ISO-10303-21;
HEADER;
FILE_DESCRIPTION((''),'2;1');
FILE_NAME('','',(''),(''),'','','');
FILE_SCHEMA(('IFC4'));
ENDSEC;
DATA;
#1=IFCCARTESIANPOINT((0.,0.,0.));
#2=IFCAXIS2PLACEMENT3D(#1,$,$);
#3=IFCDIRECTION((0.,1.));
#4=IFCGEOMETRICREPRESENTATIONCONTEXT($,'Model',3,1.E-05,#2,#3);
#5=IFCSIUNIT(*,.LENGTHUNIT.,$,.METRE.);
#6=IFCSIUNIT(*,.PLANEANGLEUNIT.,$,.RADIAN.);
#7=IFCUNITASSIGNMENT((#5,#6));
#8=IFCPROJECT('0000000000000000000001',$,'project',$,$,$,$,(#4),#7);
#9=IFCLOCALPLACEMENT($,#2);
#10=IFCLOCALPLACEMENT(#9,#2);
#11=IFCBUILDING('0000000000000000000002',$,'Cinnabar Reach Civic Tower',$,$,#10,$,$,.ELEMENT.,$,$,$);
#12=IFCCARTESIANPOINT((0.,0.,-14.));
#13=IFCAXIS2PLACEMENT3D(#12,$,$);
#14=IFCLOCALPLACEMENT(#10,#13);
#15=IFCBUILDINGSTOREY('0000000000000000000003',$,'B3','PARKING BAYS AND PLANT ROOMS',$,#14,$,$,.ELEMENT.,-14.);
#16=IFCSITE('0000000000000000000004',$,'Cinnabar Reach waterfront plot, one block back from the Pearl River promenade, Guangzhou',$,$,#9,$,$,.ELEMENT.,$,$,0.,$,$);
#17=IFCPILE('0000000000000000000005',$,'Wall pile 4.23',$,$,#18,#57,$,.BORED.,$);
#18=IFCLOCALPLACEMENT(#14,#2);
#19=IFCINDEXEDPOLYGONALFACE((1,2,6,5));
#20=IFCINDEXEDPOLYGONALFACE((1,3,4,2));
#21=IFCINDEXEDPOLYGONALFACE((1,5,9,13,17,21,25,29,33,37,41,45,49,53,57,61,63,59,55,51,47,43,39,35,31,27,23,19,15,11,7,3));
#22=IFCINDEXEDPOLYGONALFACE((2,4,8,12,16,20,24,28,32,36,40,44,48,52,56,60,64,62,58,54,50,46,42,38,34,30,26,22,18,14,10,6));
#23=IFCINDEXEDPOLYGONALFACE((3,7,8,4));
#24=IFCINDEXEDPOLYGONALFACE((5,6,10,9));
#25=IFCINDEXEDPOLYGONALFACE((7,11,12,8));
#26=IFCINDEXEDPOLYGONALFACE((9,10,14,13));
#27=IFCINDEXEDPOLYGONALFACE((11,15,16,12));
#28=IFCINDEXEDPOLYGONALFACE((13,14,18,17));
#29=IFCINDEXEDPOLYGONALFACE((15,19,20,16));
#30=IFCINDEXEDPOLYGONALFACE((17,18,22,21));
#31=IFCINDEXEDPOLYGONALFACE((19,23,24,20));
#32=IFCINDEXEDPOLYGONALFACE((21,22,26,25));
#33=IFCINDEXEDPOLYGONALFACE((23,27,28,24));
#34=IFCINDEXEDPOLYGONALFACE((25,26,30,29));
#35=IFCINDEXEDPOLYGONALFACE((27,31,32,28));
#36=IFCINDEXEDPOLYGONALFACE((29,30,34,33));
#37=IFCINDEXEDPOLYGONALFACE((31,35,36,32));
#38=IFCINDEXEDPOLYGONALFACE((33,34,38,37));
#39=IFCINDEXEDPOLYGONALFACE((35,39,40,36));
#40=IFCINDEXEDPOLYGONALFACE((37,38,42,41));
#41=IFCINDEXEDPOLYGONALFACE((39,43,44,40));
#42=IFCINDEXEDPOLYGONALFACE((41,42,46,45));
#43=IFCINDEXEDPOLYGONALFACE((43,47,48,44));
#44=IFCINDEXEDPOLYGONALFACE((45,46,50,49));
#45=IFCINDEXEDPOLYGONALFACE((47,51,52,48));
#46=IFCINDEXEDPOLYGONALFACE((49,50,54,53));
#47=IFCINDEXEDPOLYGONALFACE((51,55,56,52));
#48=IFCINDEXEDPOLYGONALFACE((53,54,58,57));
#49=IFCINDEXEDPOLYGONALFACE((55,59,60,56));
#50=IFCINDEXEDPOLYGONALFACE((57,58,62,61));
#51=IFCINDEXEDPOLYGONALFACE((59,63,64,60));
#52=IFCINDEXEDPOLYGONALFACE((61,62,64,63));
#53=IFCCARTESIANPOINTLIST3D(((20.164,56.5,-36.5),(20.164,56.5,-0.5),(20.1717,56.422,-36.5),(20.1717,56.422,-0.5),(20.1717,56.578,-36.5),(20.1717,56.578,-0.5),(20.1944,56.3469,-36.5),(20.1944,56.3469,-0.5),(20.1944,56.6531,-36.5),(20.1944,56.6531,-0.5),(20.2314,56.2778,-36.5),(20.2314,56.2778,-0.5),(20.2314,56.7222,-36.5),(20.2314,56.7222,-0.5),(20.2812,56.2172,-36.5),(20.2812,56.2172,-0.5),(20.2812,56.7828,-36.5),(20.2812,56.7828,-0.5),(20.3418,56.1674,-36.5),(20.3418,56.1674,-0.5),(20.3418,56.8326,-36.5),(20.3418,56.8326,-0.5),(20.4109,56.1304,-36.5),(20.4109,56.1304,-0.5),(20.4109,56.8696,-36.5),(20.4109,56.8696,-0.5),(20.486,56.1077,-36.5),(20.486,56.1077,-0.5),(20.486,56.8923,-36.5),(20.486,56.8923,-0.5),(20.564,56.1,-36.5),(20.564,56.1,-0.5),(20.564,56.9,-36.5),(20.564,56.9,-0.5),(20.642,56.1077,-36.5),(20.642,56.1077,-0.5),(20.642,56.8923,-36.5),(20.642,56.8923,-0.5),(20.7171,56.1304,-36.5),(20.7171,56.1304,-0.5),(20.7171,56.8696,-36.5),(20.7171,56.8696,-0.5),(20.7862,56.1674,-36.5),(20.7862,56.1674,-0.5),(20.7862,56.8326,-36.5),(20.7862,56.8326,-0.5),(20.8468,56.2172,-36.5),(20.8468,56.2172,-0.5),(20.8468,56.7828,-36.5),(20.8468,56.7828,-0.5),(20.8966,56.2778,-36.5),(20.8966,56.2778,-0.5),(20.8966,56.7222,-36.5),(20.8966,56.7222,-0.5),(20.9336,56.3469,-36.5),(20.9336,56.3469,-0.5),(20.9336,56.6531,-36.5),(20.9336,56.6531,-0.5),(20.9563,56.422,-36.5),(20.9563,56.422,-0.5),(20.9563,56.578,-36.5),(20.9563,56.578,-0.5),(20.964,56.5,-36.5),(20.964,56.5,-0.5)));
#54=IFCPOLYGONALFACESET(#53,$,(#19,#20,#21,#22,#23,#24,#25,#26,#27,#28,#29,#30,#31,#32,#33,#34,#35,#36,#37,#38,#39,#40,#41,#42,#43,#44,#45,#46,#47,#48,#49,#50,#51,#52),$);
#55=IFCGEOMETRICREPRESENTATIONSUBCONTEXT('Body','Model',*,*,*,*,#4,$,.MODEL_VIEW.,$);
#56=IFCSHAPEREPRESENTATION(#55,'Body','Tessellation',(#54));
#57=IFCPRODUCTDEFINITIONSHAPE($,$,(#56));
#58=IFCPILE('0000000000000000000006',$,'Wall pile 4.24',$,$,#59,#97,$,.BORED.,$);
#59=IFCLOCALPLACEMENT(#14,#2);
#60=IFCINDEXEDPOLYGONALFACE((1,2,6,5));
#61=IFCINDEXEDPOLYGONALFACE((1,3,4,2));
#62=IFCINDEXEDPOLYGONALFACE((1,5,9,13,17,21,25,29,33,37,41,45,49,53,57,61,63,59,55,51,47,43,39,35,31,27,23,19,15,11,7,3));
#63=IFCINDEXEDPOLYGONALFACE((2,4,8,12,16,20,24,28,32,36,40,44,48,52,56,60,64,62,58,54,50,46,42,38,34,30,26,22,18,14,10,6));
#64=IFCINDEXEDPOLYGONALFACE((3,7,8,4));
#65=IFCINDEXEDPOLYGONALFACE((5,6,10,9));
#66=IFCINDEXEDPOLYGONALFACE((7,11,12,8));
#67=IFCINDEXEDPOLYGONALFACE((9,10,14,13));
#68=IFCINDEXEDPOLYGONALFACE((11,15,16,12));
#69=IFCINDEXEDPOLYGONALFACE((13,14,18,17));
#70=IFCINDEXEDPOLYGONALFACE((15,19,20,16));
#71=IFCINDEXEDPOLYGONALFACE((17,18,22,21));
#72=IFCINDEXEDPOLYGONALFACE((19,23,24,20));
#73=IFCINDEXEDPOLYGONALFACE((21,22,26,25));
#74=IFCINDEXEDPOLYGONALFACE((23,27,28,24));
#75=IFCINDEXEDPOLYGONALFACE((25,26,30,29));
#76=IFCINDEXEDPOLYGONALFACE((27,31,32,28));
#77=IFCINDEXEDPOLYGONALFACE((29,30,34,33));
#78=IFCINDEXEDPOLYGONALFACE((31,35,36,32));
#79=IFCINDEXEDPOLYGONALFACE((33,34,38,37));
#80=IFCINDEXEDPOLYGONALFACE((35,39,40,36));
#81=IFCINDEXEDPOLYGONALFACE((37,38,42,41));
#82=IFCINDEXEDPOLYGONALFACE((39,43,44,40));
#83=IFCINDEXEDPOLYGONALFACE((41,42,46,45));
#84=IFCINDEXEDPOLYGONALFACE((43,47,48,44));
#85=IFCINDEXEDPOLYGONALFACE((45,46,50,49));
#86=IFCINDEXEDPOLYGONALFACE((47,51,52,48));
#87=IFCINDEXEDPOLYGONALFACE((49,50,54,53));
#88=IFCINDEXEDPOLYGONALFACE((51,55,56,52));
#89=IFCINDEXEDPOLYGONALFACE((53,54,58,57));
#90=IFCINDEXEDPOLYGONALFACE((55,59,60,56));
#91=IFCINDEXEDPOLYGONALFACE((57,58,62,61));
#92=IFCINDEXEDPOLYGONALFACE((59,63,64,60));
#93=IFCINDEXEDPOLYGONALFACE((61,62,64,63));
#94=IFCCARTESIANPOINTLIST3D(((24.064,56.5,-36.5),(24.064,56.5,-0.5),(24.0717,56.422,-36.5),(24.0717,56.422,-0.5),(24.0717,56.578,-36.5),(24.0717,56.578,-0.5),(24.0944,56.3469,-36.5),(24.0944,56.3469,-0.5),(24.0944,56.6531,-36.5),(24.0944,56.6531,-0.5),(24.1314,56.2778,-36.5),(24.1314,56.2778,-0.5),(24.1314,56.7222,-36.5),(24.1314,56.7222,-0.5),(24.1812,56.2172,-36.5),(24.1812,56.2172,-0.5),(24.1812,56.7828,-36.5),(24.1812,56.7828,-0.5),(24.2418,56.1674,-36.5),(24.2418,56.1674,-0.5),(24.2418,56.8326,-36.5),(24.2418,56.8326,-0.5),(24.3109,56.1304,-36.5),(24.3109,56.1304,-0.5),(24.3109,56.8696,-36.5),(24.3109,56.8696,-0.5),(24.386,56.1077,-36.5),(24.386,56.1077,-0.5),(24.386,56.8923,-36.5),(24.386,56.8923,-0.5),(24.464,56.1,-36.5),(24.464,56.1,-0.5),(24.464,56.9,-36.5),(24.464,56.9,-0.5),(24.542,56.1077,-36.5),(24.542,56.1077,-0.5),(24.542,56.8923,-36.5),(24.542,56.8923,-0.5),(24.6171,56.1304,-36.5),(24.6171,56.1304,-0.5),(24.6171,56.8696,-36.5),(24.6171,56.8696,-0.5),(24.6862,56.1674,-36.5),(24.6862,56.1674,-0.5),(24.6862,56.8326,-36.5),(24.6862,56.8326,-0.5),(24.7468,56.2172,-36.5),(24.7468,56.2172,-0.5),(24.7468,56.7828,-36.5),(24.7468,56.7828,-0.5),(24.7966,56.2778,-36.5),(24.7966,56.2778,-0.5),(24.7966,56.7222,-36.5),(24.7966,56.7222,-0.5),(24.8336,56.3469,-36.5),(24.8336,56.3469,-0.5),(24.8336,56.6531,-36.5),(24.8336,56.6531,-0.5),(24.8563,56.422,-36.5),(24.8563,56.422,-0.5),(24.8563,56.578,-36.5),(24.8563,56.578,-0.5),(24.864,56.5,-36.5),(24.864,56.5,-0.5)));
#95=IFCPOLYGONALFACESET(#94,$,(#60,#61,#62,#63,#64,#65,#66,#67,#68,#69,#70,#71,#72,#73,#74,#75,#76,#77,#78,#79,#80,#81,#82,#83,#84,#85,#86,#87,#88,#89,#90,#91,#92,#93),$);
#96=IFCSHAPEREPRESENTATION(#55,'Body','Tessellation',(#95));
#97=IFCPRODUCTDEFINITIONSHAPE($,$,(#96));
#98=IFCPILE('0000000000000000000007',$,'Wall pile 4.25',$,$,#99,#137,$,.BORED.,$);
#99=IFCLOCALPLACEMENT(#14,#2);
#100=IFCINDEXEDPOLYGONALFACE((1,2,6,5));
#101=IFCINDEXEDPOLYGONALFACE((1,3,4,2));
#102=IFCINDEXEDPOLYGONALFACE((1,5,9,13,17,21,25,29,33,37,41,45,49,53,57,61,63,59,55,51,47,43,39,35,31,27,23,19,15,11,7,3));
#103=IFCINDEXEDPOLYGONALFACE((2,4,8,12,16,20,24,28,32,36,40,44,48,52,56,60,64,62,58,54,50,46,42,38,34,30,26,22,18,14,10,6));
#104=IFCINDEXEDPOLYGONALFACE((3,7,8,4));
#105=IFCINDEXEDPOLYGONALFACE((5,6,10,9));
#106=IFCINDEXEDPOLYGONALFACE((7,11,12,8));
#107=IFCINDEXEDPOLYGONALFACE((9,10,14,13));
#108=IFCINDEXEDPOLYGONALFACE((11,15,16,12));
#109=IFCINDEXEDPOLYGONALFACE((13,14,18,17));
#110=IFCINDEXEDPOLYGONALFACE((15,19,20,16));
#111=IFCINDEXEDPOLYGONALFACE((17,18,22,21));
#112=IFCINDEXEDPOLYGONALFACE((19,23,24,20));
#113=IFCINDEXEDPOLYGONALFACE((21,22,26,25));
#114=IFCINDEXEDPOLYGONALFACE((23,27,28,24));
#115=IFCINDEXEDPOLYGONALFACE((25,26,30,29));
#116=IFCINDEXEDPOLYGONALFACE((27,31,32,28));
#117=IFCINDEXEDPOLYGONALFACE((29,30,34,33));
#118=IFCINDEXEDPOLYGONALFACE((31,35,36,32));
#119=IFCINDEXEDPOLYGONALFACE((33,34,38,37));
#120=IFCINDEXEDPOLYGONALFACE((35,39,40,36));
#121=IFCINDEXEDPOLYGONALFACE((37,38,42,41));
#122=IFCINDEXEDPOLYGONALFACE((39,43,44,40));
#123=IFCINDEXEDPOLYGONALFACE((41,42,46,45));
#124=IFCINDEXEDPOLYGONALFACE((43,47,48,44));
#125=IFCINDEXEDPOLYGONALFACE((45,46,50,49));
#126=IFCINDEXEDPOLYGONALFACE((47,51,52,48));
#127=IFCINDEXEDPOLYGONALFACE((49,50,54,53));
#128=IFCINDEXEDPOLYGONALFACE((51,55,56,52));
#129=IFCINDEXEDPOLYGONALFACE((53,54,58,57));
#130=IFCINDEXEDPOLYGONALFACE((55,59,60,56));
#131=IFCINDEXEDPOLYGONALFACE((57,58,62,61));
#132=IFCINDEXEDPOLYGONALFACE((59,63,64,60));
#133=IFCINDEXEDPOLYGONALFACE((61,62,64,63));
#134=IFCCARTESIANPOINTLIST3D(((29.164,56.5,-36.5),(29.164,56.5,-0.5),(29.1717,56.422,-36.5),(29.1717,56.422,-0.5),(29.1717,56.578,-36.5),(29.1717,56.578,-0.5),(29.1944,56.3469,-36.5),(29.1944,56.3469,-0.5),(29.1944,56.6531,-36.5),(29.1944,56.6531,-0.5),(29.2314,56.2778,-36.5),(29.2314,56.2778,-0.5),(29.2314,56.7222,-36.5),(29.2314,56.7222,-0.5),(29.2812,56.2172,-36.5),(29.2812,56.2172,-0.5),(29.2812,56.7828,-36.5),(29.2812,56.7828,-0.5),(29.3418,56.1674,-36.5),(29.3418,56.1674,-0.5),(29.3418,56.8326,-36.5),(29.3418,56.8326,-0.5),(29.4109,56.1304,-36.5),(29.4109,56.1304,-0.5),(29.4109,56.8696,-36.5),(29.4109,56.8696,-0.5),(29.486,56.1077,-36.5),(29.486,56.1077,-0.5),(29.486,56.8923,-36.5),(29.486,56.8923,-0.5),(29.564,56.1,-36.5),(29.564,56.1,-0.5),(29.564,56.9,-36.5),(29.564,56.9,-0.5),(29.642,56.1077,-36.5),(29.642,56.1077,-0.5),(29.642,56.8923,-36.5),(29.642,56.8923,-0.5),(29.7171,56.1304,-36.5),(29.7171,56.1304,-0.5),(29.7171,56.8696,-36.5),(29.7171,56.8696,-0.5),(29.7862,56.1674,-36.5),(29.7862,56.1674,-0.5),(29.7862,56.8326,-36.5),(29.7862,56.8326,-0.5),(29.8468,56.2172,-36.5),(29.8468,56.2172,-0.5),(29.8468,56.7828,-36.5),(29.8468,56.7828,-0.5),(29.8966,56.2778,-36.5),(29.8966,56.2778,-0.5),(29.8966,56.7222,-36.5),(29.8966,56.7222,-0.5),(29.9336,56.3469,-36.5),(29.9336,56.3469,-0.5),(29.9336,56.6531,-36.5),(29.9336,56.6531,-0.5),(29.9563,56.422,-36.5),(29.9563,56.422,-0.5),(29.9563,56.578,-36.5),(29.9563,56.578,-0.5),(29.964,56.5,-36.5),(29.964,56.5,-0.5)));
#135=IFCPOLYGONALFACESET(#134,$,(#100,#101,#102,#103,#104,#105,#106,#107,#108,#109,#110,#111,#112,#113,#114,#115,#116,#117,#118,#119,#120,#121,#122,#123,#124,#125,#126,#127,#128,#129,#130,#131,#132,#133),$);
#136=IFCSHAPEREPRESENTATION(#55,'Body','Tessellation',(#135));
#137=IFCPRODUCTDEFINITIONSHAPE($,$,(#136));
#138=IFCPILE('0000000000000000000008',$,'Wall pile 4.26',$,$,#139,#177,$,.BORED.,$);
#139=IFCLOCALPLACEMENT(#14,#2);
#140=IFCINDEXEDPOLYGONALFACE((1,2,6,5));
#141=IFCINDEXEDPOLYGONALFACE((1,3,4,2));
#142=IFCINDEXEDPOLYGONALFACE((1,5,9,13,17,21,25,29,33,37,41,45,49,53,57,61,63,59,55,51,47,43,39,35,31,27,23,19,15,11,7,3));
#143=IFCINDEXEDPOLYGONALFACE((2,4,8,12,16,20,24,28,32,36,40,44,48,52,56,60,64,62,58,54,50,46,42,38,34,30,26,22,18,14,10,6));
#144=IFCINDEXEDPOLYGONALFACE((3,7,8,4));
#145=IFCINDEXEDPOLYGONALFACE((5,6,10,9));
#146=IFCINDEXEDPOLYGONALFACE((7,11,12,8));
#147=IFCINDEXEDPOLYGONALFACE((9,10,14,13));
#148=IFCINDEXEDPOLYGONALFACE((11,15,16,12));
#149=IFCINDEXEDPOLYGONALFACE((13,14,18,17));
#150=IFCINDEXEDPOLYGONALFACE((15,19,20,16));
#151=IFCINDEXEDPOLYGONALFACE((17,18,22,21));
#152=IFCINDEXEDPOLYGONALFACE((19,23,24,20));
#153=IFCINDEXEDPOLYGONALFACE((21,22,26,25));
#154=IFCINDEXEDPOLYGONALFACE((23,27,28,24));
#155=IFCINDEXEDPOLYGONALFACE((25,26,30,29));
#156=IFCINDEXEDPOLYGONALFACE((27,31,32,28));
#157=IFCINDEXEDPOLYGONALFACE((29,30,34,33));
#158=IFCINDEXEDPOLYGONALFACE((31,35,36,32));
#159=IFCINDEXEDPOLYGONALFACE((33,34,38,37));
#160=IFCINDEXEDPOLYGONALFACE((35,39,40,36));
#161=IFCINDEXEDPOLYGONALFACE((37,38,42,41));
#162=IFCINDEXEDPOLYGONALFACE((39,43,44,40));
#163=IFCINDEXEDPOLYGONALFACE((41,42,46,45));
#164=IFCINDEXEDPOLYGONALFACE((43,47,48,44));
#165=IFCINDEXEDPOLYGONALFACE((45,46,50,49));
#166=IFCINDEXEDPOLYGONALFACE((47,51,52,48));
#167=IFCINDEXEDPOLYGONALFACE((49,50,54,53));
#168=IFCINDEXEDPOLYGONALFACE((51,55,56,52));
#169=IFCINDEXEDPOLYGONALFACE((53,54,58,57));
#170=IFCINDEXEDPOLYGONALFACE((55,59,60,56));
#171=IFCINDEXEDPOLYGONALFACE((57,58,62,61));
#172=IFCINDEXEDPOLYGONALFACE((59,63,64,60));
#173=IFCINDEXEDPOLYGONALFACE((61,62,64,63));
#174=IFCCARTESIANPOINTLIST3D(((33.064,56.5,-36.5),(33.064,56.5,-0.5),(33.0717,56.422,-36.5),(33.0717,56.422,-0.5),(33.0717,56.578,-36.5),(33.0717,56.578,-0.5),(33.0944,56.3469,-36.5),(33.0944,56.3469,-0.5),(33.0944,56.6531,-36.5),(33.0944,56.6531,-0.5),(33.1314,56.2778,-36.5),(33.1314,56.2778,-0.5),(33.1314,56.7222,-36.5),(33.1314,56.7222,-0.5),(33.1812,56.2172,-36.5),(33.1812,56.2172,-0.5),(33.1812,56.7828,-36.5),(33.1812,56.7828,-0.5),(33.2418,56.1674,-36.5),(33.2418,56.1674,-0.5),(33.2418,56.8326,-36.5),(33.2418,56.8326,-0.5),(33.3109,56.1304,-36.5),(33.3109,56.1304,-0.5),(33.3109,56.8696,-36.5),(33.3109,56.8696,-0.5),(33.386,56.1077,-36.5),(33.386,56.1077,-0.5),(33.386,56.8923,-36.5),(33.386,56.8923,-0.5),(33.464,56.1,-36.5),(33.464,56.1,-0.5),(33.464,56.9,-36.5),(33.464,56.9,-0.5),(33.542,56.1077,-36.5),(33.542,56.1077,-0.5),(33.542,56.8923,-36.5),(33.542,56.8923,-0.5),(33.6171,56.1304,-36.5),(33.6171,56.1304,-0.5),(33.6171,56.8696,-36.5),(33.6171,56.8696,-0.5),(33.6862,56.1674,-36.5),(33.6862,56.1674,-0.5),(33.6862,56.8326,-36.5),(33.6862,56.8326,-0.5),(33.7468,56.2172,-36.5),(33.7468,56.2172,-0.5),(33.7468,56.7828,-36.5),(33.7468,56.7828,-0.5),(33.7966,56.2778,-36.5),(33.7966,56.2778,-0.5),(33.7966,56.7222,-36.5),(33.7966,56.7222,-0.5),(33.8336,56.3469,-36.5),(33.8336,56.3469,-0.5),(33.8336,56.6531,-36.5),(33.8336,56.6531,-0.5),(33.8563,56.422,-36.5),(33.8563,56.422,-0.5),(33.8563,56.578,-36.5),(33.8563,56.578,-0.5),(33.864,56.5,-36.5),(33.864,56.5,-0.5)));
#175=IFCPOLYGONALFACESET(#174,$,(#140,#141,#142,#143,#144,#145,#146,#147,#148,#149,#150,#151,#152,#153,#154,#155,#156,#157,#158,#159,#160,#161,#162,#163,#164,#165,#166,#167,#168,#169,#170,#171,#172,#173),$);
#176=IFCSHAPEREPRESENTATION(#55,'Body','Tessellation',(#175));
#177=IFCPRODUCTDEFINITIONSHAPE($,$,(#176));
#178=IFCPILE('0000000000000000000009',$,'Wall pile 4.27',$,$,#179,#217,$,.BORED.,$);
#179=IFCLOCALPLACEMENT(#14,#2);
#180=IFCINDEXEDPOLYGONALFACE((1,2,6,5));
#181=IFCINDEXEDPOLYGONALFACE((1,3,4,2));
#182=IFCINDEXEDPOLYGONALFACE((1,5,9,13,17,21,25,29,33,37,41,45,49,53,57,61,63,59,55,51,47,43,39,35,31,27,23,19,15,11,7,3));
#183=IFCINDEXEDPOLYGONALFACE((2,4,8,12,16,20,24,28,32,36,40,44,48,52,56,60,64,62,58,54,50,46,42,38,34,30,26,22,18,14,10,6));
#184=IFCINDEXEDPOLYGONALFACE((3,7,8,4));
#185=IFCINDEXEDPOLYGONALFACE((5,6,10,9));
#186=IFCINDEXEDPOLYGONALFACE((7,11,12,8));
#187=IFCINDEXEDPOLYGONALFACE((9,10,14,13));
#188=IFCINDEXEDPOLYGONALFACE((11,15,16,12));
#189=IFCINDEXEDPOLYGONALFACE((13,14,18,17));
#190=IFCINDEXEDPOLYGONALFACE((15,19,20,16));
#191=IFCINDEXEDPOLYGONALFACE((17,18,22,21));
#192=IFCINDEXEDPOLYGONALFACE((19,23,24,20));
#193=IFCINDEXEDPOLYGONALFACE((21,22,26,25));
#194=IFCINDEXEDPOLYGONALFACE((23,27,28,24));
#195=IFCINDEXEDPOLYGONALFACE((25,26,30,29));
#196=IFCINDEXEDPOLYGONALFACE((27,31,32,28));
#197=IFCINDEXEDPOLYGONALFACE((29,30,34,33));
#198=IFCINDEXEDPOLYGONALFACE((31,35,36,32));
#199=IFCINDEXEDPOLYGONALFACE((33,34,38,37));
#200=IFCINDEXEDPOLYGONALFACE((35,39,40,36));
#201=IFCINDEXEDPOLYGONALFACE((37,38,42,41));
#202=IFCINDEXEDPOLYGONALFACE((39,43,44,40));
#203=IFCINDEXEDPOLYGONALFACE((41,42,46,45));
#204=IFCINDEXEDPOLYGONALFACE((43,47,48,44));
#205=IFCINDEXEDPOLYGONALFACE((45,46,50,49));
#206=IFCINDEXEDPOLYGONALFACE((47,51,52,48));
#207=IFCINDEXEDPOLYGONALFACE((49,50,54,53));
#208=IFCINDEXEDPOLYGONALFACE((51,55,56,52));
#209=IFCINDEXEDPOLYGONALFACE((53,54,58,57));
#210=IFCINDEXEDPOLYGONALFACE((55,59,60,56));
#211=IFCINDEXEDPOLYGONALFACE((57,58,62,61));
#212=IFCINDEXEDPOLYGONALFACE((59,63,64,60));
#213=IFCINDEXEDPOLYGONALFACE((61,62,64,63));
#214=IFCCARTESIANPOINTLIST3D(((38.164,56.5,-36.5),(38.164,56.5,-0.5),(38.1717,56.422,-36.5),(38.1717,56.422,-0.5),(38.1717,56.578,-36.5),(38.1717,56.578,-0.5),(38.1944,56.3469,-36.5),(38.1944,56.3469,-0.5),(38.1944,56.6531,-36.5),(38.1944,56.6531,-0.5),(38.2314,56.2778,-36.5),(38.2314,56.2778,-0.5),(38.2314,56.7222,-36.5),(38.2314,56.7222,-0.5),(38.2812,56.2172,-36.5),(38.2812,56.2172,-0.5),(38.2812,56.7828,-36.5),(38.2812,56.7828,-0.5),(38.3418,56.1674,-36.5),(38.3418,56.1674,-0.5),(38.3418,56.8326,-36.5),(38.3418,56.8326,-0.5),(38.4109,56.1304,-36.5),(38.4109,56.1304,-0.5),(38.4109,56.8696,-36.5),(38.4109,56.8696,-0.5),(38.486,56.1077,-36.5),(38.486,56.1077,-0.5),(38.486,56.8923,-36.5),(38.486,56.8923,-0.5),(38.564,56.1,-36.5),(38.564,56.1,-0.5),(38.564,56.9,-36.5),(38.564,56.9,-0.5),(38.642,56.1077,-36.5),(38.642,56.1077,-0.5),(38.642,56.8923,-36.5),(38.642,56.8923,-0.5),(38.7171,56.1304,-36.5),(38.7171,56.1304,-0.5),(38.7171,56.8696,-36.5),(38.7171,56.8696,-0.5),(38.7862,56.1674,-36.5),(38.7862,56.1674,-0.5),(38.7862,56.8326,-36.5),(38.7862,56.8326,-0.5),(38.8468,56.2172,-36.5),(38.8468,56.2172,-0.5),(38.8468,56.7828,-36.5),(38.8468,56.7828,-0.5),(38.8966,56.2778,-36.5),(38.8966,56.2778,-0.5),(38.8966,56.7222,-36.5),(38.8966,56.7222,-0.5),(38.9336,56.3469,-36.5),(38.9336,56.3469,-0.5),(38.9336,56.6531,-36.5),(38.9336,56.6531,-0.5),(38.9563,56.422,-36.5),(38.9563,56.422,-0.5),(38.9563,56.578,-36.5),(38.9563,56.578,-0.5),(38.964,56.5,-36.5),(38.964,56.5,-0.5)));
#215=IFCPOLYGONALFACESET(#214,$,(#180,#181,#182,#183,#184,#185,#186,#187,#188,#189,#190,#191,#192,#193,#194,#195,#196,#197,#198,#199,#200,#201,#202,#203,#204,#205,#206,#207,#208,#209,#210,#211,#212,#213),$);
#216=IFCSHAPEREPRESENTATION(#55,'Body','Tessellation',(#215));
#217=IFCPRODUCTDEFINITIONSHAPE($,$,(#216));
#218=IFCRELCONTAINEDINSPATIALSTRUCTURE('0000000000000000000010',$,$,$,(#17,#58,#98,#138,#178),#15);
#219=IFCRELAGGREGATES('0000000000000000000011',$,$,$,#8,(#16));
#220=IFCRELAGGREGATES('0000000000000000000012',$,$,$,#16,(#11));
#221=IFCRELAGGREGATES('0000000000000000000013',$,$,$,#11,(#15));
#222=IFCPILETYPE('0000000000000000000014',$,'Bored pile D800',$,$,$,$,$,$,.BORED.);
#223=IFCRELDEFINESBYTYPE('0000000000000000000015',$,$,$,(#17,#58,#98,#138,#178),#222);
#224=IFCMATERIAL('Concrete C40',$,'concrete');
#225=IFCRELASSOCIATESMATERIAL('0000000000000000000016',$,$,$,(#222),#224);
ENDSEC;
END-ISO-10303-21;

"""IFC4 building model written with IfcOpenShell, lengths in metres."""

from ifc_helpers import new_model, si_unit, direction, frame, origin, origin_2d, place, context, subcontext, project, spatial, circle, extrude, material, type_object, element, save


model = new_model("IFC4")

# Units and contexts
model_context = context("Model", 3, precision=1e-05, world=origin(), true_north=direction((0.0, 1.0)))
body_context = subcontext(model_context, "Body", "Model", "MODEL_VIEW")
ifc_project = project(units=[si_unit("LENGTHUNIT", "METRE"), si_unit("PLANEANGLEUNIT", "RADIAN")], contexts=[model_context])

# Site, building, storey
site_placement = place(None, origin())
site = spatial("IfcSite", under=ifc_project, at=site_placement, Name="Cinnabar Reach waterfront plot, one block back from the Pearl River promenade, Guangzhou", CompositionType="ELEMENT", RefElevation=0.0)
building_placement = place(site_placement, origin())
building = spatial("IfcBuilding", under=site, at=building_placement, Name="Cinnabar Reach Civic Tower", CompositionType="ELEMENT")
storey_placement = place(building_placement, frame((0.0, 0.0, -14.0)))
storey = spatial("IfcBuildingStorey", under=building, at=storey_placement, Name="B3", Description="PARKING BAYS AND PLANT ROOMS", CompositionType="ELEMENT", Elevation=-14.0)

# Piles
ifc_material_1 = material(Name="Concrete C40", Category="concrete")
pile_type = type_object("IfcPileType", Name="Bored pile D800", PredefinedType="BORED", material=ifc_material_1)
for number, where, z_axis, x_axis, name in (
    (1, (20.564, 56.5, -0.5), (0.0, 0.0, -1.0), (1.0, 0.0, 0.0), "Wall pile 4.23"),
    (2, (24.464, 56.5, -0.5), (0.0, 0.0, -1.0), (1.0, 0.0, 0.0), "Wall pile 4.24"),
    (3, (29.564, 56.5, -0.5), (0.0, 0.0, -1.0), (1.0, 0.0, 0.0), "Wall pile 4.25"),
    (4, (33.464, 56.5, -0.5), (0.0, 0.0, -1.0), (1.0, 0.0, 0.0), "Wall pile 4.26"),
    (5, (38.564, 56.5, -0.5), (0.0, 0.0, -1.0), (1.0, 0.0, 0.0), "Wall pile 4.27"),
):
    element("IfcPile", number, at=place(storey_placement, frame(where, z_axis=z_axis, x_axis=x_axis)), inside=storey, type_object=pile_type, Name=name, PredefinedType="BORED", context=body_context, shape_type="SweptSolid", body=[
        extrude(circle(Radius=0.4, at=origin_2d()), origin(), (0.0, 0.0, 1.0), 36.0),
    ])

save(model, "model.ifc")
